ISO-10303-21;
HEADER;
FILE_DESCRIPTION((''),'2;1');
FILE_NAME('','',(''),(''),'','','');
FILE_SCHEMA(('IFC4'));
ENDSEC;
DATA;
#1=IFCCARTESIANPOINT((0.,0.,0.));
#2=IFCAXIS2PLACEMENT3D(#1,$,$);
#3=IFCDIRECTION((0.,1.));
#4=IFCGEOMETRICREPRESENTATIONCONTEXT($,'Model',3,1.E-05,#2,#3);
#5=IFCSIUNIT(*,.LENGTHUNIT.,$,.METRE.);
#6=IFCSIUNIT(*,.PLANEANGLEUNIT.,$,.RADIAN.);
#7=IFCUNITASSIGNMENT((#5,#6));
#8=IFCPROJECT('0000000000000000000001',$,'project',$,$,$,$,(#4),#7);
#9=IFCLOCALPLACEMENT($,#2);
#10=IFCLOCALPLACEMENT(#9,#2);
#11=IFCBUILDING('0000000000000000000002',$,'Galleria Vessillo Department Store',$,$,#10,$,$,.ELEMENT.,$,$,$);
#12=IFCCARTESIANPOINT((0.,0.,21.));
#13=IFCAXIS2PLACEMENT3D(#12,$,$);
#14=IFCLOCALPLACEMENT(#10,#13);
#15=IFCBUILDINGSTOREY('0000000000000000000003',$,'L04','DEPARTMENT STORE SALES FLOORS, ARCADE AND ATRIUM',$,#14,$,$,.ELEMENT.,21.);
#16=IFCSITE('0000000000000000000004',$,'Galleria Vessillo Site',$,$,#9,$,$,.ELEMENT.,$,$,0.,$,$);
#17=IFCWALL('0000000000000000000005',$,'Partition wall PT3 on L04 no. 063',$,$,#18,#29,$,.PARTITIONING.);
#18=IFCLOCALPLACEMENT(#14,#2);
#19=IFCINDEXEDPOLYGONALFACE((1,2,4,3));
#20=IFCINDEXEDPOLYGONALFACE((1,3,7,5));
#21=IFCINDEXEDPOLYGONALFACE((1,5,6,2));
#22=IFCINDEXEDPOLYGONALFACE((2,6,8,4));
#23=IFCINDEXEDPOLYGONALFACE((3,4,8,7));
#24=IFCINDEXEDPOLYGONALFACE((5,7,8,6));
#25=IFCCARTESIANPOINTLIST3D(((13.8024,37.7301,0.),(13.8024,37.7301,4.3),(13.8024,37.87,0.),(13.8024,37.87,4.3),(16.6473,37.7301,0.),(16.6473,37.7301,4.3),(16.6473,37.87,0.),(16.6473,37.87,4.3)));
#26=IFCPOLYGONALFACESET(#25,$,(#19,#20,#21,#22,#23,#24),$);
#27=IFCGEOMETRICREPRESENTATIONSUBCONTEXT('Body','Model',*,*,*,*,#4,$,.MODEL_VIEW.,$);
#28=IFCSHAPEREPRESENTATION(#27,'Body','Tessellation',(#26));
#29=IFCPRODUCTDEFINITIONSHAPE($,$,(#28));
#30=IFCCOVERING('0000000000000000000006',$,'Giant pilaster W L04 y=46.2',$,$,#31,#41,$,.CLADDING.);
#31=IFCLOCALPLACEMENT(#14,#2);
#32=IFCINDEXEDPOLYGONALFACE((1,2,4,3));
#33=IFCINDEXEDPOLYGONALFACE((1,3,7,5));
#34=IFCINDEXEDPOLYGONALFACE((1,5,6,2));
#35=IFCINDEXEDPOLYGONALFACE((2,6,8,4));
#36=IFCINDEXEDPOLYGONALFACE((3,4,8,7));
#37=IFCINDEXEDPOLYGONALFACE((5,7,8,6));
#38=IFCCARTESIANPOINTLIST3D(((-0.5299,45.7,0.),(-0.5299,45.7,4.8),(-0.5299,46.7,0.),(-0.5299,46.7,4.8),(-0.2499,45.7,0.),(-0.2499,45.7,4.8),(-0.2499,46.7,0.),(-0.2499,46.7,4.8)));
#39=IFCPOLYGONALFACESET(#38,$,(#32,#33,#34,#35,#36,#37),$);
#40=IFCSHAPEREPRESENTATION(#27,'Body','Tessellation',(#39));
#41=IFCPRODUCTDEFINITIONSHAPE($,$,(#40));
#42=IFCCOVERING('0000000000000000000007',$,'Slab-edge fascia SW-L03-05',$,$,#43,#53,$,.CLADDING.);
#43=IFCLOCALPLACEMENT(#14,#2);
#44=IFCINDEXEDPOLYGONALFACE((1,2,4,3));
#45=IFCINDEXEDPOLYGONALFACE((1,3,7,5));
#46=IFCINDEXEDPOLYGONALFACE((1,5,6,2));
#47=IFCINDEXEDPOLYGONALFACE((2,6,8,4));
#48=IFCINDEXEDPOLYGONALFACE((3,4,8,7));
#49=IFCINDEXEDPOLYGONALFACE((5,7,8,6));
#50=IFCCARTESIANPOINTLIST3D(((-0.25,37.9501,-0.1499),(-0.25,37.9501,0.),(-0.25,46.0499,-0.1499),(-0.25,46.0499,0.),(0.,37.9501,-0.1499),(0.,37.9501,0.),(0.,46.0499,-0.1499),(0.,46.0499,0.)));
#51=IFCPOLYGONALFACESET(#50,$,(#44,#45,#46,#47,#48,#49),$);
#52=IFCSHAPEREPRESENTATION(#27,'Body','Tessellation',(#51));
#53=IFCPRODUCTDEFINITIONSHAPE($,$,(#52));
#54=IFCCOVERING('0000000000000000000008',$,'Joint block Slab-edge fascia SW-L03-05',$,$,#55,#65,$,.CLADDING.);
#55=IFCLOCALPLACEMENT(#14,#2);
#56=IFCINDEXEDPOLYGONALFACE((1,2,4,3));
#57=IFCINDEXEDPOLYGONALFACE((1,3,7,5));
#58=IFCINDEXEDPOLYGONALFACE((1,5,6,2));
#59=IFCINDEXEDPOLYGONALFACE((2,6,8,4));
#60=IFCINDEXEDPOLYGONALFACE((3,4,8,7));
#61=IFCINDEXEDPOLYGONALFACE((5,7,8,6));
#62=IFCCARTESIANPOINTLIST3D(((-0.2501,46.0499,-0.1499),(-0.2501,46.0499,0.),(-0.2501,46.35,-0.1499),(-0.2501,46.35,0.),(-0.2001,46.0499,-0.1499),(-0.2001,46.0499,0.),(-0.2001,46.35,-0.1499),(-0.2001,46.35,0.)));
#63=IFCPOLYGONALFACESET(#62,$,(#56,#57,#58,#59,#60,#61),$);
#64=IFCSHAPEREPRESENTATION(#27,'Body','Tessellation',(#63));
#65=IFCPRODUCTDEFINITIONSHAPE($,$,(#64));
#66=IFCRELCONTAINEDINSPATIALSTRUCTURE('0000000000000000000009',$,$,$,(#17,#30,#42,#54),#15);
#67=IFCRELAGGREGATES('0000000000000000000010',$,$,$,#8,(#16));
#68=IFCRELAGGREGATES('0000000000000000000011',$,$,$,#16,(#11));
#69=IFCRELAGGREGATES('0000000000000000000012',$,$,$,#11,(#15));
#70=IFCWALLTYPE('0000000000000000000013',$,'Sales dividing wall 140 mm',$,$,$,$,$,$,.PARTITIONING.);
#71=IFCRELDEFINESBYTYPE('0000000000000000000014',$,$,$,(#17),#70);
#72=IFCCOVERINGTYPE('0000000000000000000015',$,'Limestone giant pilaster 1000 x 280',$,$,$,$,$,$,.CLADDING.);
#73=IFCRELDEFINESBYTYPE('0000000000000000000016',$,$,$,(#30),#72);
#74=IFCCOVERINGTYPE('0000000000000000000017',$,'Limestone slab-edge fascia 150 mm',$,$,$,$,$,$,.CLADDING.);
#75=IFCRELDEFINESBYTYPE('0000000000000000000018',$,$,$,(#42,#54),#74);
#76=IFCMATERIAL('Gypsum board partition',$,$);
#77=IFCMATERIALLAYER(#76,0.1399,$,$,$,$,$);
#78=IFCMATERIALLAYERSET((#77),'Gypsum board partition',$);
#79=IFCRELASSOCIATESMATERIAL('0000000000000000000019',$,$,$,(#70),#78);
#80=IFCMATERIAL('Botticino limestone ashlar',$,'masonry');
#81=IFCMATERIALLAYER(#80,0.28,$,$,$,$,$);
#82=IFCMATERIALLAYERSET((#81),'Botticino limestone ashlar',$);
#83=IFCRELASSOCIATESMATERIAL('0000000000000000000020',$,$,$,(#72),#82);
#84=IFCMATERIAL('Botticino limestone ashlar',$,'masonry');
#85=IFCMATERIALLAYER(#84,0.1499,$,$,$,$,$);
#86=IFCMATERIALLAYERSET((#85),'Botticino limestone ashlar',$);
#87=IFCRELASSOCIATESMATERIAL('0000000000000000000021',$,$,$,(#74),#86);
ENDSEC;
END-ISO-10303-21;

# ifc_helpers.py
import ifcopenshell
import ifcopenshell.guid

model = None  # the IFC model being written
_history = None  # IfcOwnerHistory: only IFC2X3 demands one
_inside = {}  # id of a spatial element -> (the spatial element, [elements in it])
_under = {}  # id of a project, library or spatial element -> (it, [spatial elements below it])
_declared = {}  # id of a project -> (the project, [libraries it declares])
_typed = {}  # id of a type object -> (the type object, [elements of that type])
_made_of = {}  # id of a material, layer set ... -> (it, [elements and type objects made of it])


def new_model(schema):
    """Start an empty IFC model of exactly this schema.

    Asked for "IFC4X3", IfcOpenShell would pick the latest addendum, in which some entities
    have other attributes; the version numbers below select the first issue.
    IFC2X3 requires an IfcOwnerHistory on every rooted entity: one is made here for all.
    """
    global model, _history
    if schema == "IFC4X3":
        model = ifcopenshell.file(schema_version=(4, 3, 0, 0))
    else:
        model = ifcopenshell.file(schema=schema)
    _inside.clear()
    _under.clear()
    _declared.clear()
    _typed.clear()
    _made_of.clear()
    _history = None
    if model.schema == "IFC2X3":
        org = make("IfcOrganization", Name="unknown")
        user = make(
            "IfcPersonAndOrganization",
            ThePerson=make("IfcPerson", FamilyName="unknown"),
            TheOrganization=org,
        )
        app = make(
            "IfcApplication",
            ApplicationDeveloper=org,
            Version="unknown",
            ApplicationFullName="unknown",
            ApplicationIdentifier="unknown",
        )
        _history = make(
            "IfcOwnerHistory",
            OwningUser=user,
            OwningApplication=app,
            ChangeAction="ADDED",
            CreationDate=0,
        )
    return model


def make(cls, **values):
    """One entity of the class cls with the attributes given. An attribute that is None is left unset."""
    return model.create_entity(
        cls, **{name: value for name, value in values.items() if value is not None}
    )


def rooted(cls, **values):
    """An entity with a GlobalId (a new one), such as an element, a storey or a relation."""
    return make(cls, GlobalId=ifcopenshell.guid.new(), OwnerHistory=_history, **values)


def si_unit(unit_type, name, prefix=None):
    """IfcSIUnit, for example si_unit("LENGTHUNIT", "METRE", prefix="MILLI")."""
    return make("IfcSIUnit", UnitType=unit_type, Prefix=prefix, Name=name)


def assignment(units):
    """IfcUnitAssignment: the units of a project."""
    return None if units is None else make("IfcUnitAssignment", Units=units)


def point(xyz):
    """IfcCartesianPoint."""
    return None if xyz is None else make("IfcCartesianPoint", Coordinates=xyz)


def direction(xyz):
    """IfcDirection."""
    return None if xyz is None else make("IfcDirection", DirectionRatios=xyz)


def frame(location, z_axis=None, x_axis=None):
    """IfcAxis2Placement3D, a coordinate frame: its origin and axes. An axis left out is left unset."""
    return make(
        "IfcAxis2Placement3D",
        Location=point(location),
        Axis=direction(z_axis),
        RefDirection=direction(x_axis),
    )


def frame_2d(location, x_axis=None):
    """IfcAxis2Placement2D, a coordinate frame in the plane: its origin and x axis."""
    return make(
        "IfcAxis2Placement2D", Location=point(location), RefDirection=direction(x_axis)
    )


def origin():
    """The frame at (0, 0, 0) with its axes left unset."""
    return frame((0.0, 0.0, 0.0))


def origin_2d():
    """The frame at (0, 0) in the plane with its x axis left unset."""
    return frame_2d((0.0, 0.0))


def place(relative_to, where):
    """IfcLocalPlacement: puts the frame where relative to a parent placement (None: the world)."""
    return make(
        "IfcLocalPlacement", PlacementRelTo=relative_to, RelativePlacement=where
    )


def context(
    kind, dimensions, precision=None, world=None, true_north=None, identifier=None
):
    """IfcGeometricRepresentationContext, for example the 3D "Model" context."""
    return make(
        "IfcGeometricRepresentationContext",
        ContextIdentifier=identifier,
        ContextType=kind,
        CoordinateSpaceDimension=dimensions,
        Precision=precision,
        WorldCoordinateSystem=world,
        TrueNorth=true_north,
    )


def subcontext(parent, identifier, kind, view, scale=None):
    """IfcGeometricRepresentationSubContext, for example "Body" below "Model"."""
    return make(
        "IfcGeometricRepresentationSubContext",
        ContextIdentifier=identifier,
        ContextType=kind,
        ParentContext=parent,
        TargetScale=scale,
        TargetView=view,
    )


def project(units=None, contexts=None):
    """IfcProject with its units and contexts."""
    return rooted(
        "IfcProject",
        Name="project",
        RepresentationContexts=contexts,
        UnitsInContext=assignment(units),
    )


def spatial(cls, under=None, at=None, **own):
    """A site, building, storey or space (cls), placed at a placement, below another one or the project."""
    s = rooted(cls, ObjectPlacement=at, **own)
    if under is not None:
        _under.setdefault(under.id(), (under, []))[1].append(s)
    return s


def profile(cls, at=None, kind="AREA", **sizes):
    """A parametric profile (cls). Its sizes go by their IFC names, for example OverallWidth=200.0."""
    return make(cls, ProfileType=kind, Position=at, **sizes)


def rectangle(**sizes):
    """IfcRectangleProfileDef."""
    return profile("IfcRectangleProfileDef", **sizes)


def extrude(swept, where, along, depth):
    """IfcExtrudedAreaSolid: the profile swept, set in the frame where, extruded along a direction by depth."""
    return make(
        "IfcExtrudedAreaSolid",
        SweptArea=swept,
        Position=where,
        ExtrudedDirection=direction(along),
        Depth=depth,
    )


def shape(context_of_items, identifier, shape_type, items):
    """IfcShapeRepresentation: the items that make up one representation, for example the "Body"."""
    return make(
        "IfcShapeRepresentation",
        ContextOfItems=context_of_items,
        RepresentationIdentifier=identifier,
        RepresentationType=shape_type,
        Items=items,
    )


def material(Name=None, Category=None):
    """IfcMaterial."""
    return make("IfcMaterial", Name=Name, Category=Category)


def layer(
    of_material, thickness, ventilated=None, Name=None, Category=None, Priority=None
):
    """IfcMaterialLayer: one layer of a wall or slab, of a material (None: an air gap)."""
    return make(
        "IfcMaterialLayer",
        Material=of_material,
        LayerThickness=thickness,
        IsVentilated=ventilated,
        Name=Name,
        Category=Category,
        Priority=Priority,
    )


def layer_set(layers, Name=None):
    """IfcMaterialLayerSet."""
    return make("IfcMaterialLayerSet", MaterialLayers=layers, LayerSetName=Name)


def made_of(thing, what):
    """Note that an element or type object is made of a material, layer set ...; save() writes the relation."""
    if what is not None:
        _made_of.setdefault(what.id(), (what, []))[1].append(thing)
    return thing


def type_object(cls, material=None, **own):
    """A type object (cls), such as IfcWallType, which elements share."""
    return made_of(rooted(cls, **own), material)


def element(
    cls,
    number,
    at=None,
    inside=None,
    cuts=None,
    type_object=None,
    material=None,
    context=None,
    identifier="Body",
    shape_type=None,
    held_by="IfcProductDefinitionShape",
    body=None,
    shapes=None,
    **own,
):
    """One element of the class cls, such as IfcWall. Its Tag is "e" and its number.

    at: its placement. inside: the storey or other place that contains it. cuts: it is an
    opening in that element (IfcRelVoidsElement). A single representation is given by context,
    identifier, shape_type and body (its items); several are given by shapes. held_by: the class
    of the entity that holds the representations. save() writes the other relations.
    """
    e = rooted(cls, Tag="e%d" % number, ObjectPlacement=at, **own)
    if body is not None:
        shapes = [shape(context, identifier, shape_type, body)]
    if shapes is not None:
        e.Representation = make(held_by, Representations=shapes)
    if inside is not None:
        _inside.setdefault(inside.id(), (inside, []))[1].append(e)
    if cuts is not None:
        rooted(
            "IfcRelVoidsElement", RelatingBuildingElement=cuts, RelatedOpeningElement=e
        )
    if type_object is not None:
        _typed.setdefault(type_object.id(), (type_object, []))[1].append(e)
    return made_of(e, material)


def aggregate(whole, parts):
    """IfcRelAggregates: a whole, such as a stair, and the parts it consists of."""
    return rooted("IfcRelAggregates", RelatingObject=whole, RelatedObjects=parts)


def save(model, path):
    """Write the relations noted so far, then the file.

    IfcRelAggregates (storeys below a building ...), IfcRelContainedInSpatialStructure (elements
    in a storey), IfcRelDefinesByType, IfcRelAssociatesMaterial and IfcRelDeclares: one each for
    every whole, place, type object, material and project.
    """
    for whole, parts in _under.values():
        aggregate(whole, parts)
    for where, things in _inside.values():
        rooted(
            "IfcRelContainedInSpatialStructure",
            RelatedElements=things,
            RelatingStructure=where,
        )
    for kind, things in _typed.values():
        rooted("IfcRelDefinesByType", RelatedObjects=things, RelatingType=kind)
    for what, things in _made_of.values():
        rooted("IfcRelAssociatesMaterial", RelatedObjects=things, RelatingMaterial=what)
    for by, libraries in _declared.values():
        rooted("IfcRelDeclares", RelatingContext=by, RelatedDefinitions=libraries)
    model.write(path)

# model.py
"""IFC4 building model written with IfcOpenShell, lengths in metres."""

from ifc_helpers import new_model, si_unit, direction, frame, frame_2d, origin, origin_2d, place, context, subcontext, project, spatial, rectangle, extrude, material, layer, layer_set, type_object, element, save


model = new_model("IFC4")

# Units and contexts
model_context = context("Model", 3, precision=1e-05, world=origin(), true_north=direction((0.0, 1.0)))
body_context = subcontext(model_context, "Body", "Model", "MODEL_VIEW")
ifc_project = project(units=[si_unit("LENGTHUNIT", "METRE"), si_unit("PLANEANGLEUNIT", "RADIAN")], contexts=[model_context])

# Site, building, storey
site_placement = place(None, origin())
site = spatial("IfcSite", under=ifc_project, at=site_placement, Name="Galleria Vessillo Site", CompositionType="ELEMENT", RefElevation=0.0)
building_placement = place(site_placement, origin())
building = spatial("IfcBuilding", under=site, at=building_placement, Name="Galleria Vessillo Department Store", CompositionType="ELEMENT")
storey_placement = place(building_placement, frame((0.0, 0.0, 21.0)))
storey = spatial("IfcBuildingStorey", under=building, at=storey_placement, Name="L04", Description="DEPARTMENT STORE SALES FLOORS, ARCADE AND ATRIUM", CompositionType="ELEMENT", Elevation=21.0)

# Wall
ifc_material_1 = material(Name="Gypsum board partition")
ifc_layer_1 = layer(ifc_material_1, 0.1399)
ifc_layer_set_1 = layer_set([ifc_layer_1], Name="Gypsum board partition")
wall_type_1 = type_object("IfcWallType", Name="Sales dividing wall 140 mm", PredefinedType="PARTITIONING", material=ifc_layer_set_1)
wall_1_placement = place(storey_placement, frame((13.8025, 37.8, 0.0), z_axis=(0.0, 0.0, 1.0), x_axis=(1.0, 0.0, 0.0)))
element("IfcWall", 1, at=wall_1_placement, inside=storey, type_object=wall_type_1, Name="Partition wall PT3 on L04 no. 063", PredefinedType="PARTITIONING", context=body_context, shape_type="SweptSolid", body=[
    extrude(rectangle(XDim=2.845, YDim=0.1399, at=frame_2d((1.4224, 0.0))), origin(), (0.0, 0.0, 1.0), 4.3),
])

# Coverings
ifc_material_2 = material(Name="Botticino limestone ashlar", Category="masonry")
ifc_layer_2 = layer(ifc_material_2, 0.28)
ifc_layer_set_2 = layer_set([ifc_layer_2], Name="Botticino limestone ashlar")
covering_type_1 = type_object("IfcCoveringType", Name="Limestone giant pilaster 1000 x 280", PredefinedType="CLADDING", material=ifc_layer_set_2)
covering_1_placement = place(storey_placement, frame((-0.3899, 46.2, 0.0), z_axis=(0.0, 0.0, 1.0), x_axis=(1.0, 0.0, 0.0)))
element("IfcCovering", 2, at=covering_1_placement, inside=storey, type_object=covering_type_1, Name="Giant pilaster W L04 y=46.2", PredefinedType="CLADDING", context=body_context, shape_type="SweptSolid", body=[
    extrude(rectangle(XDim=0.28, YDim=1.0, at=origin_2d()), origin(), (0.0, 0.0, 1.0), 4.8),
])
ifc_material_3 = material(Name="Botticino limestone ashlar", Category="masonry")
ifc_layer_3 = layer(ifc_material_3, 0.1499)
ifc_layer_set_3 = layer_set([ifc_layer_3], Name="Botticino limestone ashlar")
covering_type_2 = type_object("IfcCoveringType", Name="Limestone slab-edge fascia 150 mm", PredefinedType="CLADDING", material=ifc_layer_set_3)
covering_2_placement = place(storey_placement, frame((-0.125, 42.0, -0.1499), z_axis=(0.0, 0.0, 1.0), x_axis=(1.0, 0.0, 0.0)))
element("IfcCovering", 3, at=covering_2_placement, inside=storey, type_object=covering_type_2, Name="Slab-edge fascia SW-L03-05", PredefinedType="CLADDING", context=body_context, shape_type="SweptSolid", body=[
    extrude(rectangle(XDim=0.25, YDim=8.0999, at=origin_2d()), origin(), (0.0, 0.0, 1.0), 0.1499),
])
covering_3_placement = place(storey_placement, frame((-0.2251, 46.2, -0.1499), z_axis=(0.0, 0.0, 1.0), x_axis=(1.0, 0.0, 0.0)))
element("IfcCovering", 4, at=covering_3_placement, inside=storey, type_object=covering_type_2, Name="Joint block Slab-edge fascia SW-L03-05", PredefinedType="CLADDING", context=body_context, shape_type="SweptSolid", body=[
    extrude(rectangle(XDim=0.05, YDim=0.3, at=origin_2d()), origin(), (0.0, 0.0, 1.0), 0.1499),
])

save(model, "model.ifc")
